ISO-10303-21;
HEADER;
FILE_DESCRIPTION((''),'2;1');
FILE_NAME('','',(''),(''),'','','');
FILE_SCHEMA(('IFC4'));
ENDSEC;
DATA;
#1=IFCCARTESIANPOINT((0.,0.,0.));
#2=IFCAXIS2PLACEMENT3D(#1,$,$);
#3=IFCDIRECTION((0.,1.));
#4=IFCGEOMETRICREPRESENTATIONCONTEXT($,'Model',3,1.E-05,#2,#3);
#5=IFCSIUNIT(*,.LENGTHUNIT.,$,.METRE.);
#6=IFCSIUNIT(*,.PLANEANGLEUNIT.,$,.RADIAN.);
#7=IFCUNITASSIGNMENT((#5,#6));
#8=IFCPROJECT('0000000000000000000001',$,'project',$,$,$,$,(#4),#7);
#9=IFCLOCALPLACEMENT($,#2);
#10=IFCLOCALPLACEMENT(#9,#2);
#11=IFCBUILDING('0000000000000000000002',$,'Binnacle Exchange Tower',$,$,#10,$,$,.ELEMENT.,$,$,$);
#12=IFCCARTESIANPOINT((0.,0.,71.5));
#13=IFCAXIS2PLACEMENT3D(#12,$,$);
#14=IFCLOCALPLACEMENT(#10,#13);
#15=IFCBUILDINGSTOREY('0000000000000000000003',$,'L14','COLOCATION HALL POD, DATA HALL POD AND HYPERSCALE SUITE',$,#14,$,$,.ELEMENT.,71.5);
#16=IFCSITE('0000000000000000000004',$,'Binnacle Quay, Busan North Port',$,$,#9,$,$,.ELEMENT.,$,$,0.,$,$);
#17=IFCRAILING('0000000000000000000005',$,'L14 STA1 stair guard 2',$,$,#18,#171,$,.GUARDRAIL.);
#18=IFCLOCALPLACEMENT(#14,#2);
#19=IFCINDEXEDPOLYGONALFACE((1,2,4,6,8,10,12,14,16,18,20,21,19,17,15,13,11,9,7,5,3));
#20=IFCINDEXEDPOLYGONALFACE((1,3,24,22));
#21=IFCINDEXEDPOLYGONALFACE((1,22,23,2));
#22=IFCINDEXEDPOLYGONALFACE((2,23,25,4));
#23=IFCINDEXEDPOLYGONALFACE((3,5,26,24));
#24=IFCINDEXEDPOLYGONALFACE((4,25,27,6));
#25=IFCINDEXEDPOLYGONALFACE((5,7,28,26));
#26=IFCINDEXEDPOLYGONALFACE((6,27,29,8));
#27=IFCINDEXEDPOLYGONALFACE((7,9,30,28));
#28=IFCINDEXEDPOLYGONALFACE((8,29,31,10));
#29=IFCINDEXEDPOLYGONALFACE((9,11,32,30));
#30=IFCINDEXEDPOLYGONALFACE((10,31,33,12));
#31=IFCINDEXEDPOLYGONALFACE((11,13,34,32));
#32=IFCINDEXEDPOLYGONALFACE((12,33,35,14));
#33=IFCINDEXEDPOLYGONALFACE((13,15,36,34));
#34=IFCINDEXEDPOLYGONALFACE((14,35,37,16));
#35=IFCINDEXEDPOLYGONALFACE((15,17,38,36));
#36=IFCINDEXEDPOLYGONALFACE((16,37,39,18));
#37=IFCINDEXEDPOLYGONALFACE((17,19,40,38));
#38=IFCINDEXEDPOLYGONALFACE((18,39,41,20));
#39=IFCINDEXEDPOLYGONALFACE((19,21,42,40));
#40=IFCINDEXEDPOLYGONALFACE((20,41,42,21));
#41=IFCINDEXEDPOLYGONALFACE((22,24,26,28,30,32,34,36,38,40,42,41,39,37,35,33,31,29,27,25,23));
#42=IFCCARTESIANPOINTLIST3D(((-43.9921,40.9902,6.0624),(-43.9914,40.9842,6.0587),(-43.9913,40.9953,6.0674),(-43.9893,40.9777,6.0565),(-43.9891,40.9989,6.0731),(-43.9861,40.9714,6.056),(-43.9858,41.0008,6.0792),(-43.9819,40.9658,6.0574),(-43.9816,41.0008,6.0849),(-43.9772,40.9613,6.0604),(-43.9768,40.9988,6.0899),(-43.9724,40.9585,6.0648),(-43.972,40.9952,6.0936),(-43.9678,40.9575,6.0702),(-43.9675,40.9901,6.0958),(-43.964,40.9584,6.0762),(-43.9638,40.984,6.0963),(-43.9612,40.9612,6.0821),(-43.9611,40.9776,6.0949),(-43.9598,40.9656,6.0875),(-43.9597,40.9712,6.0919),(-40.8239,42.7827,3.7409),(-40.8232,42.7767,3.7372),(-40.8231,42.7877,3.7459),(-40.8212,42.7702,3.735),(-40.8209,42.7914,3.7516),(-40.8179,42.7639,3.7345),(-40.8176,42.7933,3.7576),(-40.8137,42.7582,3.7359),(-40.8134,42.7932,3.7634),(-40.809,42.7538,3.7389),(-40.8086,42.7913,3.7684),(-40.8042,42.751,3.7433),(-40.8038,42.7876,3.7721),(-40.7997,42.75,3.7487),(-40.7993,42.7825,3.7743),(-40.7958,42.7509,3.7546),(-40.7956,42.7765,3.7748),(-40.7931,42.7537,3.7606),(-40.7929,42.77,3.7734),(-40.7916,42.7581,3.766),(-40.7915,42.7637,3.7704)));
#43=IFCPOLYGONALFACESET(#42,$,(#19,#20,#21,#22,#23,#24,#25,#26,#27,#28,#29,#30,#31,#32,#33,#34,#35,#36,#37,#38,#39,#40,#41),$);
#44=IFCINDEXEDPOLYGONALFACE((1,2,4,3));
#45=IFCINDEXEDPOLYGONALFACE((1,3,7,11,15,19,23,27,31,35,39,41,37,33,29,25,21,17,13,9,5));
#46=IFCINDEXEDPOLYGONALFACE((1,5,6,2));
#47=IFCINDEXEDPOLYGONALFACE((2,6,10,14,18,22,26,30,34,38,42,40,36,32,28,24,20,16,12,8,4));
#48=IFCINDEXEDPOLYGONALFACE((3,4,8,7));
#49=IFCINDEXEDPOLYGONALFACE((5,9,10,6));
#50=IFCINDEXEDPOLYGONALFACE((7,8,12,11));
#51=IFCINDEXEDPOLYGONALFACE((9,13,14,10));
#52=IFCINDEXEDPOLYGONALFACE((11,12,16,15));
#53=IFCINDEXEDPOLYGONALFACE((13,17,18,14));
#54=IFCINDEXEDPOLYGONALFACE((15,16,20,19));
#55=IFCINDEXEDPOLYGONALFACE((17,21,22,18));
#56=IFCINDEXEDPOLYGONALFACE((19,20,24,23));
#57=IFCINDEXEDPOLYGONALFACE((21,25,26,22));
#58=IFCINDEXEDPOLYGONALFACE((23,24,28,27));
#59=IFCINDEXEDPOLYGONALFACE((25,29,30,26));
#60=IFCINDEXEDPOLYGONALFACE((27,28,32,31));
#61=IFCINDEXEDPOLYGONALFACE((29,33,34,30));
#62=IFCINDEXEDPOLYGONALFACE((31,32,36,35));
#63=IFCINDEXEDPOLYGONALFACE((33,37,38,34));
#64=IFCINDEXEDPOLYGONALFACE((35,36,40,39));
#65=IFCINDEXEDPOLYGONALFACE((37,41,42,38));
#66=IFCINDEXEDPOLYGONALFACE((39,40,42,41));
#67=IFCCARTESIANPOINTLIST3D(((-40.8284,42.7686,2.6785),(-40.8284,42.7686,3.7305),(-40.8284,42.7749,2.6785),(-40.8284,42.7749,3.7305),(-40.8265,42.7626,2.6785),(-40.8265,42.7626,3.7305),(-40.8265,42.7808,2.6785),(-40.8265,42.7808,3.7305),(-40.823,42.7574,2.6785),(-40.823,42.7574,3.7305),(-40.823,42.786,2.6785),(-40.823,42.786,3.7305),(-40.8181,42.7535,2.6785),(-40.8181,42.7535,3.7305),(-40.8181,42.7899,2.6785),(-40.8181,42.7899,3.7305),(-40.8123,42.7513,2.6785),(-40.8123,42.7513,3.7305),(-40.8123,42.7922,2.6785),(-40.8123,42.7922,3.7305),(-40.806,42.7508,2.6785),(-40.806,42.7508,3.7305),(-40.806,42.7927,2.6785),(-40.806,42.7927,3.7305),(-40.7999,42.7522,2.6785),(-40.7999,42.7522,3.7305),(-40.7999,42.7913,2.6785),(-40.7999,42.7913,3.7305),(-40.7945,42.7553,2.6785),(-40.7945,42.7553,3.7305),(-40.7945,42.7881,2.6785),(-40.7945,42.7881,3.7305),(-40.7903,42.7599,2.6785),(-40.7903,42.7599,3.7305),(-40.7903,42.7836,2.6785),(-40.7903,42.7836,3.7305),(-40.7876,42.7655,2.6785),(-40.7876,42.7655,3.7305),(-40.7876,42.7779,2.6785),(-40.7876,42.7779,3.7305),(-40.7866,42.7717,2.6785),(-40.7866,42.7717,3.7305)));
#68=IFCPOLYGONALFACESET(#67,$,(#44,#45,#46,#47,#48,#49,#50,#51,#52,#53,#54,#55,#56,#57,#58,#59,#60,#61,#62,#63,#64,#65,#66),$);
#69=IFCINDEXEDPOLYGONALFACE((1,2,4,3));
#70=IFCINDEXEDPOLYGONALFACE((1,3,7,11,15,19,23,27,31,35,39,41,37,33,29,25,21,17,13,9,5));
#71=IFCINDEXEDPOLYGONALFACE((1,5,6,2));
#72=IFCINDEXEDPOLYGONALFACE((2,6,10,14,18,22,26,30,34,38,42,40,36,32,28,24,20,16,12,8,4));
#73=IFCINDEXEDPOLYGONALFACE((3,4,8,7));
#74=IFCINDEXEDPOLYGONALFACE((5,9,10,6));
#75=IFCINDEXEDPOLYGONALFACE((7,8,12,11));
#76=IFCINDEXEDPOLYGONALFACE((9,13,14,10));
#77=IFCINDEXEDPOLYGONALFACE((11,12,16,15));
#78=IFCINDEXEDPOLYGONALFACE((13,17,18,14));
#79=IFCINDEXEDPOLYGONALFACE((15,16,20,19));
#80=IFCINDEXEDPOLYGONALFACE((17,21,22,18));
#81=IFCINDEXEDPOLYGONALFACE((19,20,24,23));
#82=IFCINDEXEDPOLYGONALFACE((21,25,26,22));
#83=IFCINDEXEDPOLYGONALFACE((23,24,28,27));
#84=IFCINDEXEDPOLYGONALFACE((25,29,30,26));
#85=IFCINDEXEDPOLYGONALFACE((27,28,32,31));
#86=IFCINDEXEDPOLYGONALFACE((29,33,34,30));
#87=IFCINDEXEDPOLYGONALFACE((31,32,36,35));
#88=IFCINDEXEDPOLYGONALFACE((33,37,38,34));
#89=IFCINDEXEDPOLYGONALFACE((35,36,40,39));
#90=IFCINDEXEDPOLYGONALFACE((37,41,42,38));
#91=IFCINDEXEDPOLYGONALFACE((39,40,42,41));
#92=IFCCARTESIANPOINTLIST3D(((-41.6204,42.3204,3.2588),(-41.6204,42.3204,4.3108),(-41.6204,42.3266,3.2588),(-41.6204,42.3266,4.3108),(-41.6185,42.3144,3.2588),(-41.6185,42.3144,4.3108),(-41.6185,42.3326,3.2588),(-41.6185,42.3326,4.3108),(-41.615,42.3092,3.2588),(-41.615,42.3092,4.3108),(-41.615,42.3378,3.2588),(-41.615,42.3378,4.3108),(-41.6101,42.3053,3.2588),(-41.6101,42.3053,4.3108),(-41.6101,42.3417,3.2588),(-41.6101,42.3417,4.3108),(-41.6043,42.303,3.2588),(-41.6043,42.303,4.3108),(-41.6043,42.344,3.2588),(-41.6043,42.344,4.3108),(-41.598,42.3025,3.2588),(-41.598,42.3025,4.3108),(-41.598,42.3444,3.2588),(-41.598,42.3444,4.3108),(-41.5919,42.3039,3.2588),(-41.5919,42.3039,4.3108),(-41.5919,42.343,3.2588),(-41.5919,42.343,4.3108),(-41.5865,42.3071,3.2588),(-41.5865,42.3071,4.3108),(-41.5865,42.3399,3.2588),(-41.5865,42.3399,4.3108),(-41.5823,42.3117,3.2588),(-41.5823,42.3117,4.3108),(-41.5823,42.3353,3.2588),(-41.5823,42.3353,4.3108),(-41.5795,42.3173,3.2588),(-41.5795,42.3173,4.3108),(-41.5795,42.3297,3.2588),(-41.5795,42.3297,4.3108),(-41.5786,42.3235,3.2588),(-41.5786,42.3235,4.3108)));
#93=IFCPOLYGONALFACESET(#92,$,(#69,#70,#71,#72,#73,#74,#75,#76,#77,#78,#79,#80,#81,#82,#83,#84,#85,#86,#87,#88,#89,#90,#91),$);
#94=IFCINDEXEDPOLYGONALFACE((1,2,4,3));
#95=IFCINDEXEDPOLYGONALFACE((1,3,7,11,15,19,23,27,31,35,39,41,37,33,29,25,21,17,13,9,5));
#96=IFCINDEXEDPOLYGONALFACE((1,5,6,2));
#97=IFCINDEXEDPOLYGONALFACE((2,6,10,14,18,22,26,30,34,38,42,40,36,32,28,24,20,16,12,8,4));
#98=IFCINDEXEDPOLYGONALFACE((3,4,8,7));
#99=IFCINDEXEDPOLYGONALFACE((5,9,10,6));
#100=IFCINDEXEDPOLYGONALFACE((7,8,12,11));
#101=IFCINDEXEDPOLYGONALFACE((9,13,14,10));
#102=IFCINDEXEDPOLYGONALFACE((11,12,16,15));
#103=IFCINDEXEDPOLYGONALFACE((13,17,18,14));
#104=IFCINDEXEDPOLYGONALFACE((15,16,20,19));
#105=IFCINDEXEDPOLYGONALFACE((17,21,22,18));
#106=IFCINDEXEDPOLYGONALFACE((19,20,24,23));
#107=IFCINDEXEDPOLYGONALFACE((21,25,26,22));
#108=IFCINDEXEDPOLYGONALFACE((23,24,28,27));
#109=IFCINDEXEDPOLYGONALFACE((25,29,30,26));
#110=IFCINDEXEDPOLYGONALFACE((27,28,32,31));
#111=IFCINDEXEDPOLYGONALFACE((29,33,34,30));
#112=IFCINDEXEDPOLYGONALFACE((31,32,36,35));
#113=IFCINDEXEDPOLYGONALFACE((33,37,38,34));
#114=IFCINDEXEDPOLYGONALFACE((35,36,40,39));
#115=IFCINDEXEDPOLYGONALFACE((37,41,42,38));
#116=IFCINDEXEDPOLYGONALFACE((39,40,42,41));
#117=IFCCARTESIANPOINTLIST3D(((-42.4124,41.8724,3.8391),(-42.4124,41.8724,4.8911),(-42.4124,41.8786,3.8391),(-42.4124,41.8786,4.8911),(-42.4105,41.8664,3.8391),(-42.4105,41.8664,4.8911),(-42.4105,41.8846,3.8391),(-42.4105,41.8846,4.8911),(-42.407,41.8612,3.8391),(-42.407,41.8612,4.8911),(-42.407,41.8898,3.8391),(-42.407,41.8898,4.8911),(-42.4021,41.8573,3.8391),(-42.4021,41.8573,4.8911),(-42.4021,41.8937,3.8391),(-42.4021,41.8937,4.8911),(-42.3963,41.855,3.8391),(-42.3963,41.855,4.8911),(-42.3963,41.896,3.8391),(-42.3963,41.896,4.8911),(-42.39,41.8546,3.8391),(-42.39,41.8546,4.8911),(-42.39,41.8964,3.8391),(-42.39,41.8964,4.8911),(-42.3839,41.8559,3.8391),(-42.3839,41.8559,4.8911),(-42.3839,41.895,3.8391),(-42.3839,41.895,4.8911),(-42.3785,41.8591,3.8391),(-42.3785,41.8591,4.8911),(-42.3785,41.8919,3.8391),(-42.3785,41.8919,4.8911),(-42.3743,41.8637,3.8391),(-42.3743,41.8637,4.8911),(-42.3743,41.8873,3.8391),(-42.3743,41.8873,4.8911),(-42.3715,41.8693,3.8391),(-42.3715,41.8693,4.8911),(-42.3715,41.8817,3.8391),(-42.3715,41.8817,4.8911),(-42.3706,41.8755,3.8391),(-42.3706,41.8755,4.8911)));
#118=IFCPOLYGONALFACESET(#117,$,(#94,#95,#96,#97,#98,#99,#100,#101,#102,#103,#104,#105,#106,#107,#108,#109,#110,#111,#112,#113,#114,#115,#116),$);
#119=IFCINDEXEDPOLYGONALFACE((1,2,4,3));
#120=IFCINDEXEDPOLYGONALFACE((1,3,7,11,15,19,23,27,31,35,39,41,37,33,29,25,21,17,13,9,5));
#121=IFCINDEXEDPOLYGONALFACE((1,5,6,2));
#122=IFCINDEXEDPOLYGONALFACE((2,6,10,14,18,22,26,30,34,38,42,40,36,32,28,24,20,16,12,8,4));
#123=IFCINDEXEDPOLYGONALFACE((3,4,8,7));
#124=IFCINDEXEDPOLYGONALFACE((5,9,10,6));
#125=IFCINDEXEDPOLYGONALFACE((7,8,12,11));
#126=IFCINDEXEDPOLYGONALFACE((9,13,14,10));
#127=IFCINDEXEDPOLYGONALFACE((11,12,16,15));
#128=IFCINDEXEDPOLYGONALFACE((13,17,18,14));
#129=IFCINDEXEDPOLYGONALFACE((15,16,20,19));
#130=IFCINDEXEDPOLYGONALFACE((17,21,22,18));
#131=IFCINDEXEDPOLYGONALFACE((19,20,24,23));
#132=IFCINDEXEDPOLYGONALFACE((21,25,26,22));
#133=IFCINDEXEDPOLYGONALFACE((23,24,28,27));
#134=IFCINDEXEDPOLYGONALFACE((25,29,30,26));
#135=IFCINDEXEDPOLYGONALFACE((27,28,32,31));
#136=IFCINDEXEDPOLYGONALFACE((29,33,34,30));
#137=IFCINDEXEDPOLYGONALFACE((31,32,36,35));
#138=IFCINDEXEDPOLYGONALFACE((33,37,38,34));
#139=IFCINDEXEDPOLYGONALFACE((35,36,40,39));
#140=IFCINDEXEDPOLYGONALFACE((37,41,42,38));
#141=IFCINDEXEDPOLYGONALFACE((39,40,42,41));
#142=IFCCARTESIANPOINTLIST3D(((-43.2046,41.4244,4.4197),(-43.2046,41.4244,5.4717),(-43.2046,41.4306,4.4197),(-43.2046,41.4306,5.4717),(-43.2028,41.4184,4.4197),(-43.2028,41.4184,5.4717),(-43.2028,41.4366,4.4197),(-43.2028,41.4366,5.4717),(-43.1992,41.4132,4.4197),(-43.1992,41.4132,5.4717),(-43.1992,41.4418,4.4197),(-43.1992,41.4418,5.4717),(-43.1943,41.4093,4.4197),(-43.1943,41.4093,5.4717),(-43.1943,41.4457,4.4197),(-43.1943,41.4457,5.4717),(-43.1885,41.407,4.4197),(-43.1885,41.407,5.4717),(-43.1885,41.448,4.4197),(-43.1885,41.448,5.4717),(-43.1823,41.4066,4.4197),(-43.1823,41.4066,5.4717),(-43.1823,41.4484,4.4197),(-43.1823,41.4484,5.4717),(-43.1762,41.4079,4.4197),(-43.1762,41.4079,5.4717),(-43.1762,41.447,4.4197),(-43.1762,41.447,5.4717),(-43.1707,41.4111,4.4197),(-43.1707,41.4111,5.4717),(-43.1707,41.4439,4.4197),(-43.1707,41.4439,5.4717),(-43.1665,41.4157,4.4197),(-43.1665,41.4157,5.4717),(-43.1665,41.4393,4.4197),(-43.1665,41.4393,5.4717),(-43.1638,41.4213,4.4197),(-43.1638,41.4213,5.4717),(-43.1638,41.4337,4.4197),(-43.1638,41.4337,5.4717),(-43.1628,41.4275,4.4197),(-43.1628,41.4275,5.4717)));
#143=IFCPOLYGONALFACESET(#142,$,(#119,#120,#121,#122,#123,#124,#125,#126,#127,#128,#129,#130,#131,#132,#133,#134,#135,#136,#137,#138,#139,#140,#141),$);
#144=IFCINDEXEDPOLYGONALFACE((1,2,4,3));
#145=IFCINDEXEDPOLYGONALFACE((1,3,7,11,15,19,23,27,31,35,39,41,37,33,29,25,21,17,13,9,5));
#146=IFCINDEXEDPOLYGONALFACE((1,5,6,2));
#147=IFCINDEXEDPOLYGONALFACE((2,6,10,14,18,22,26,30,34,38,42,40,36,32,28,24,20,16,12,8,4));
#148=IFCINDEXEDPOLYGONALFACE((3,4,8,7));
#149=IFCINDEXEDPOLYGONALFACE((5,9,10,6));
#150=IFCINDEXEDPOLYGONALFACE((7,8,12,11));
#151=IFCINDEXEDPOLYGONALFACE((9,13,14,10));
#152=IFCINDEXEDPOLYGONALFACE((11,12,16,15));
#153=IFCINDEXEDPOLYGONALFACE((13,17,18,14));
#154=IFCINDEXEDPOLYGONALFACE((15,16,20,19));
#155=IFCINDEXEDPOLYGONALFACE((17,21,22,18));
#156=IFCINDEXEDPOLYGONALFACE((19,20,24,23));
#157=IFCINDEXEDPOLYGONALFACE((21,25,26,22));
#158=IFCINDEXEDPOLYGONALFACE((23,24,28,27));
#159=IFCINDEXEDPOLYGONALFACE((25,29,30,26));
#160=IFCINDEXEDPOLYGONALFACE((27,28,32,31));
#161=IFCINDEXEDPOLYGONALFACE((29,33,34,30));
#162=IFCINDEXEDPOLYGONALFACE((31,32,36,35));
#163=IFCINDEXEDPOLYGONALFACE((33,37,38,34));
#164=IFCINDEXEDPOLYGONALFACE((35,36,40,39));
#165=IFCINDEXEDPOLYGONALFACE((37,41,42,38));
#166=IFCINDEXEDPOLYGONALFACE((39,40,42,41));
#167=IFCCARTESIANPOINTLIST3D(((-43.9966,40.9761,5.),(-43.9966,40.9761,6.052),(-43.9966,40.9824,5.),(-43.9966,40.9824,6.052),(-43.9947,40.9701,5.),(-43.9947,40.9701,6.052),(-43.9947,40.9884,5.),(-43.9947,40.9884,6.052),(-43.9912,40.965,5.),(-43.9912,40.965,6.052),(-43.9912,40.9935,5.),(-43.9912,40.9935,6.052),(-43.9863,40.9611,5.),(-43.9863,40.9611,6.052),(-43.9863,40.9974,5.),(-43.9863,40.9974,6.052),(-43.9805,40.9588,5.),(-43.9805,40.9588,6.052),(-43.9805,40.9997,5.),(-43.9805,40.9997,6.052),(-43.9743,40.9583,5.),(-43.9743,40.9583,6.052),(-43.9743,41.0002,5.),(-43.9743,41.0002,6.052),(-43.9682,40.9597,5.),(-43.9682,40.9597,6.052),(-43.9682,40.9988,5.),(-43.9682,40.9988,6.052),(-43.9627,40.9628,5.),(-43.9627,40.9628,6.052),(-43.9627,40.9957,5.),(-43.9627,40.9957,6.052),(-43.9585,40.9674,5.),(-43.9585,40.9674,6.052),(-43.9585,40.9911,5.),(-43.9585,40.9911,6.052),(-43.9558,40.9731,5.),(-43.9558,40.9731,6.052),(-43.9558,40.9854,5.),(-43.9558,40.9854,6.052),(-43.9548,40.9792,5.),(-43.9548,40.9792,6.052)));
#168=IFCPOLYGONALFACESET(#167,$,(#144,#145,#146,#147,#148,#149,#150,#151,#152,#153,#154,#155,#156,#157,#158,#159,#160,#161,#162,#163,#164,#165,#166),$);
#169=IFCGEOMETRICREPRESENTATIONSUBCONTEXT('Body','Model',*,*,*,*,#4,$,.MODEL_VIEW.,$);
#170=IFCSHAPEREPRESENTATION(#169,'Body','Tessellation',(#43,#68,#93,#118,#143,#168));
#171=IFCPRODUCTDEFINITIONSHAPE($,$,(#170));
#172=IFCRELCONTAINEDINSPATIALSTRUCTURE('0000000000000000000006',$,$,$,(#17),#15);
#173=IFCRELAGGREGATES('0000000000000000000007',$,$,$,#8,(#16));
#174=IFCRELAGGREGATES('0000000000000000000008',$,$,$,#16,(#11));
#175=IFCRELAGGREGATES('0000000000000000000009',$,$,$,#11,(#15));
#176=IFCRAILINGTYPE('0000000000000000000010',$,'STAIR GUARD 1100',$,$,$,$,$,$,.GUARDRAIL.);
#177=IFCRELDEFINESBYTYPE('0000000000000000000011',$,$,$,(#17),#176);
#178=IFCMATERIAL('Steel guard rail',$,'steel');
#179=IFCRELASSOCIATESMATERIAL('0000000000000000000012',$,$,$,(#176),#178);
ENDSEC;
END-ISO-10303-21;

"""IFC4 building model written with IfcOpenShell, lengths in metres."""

from ifc_helpers import new_model, si_unit, direction, frame, origin, origin_2d, place, context, subcontext, project, spatial, circle, extrude, material, type_object, element, save


model = new_model("IFC4")

# Units and contexts
model_context = context("Model", 3, precision=1e-05, world=origin(), true_north=direction((0.0, 1.0)))
body_context = subcontext(model_context, "Body", "Model", "MODEL_VIEW")
ifc_project = project(units=[si_unit("LENGTHUNIT", "METRE"), si_unit("PLANEANGLEUNIT", "RADIAN")], contexts=[model_context])

# Site, building, storey
site_placement = place(None, origin())
site = spatial("IfcSite", under=ifc_project, at=site_placement, Name="Binnacle Quay, Busan North Port", CompositionType="ELEMENT", RefElevation=0.0)
building_placement = place(site_placement, origin())
building = spatial("IfcBuilding", under=site, at=building_placement, Name="Binnacle Exchange Tower", CompositionType="ELEMENT")
storey_placement = place(building_placement, frame((0.0, 0.0, 71.5)))
storey = spatial("IfcBuildingStorey", under=building, at=storey_placement, Name="L14", Description="COLOCATION HALL POD, DATA HALL POD AND HYPERSCALE SUITE", CompositionType="ELEMENT", Elevation=71.5)

# Railing
ifc_material_1 = material(Name="Steel guard rail", Category="steel")
railing_type_1 = type_object("IfcRailingType", Name="STAIR GUARD 1100", PredefinedType="GUARDRAIL", material=ifc_material_1)
railing_1_placement = place(storey_placement, frame((-40.8076, 42.7717, 2.6785)))
element("IfcRailing", 1, at=railing_1_placement, inside=storey, type_object=railing_type_1, Name="L14 STA1 stair guard 2", PredefinedType="GUARDRAIL", context=body_context, shape_type="SweptSolid", body=[
    extrude(circle(Radius=0.0239, at=origin_2d()), frame((0.0, 0.0, 1.0762), z_axis=(-0.733822, -0.415174, 0.537714), x_axis=(0.492422, -0.870357, 0.0)), (0.0, 0.0, 1.0), 4.3174),
    extrude(circle(Radius=0.021, at=origin_2d()), origin(), (0.0, 0.0, 1.0), 1.052),
    extrude(circle(Radius=0.021, at=origin_2d()), frame((-0.792, -0.4482, 0.5803)), (0.0, 0.0, 1.0), 1.052),
    extrude(circle(Radius=0.021, at=origin_2d()), frame((-1.584, -0.8962, 1.1606)), (0.0, 0.0, 1.0), 1.052),
    extrude(circle(Radius=0.021, at=origin_2d()), frame((-2.3762, -1.3442, 1.7412)), (0.0, 0.0, 1.0), 1.052),
    extrude(circle(Radius=0.021, at=origin_2d()), frame((-3.1682, -1.7925, 2.3215)), (0.0, 0.0, 1.0), 1.052),
])

save(model, "model.ifc")
